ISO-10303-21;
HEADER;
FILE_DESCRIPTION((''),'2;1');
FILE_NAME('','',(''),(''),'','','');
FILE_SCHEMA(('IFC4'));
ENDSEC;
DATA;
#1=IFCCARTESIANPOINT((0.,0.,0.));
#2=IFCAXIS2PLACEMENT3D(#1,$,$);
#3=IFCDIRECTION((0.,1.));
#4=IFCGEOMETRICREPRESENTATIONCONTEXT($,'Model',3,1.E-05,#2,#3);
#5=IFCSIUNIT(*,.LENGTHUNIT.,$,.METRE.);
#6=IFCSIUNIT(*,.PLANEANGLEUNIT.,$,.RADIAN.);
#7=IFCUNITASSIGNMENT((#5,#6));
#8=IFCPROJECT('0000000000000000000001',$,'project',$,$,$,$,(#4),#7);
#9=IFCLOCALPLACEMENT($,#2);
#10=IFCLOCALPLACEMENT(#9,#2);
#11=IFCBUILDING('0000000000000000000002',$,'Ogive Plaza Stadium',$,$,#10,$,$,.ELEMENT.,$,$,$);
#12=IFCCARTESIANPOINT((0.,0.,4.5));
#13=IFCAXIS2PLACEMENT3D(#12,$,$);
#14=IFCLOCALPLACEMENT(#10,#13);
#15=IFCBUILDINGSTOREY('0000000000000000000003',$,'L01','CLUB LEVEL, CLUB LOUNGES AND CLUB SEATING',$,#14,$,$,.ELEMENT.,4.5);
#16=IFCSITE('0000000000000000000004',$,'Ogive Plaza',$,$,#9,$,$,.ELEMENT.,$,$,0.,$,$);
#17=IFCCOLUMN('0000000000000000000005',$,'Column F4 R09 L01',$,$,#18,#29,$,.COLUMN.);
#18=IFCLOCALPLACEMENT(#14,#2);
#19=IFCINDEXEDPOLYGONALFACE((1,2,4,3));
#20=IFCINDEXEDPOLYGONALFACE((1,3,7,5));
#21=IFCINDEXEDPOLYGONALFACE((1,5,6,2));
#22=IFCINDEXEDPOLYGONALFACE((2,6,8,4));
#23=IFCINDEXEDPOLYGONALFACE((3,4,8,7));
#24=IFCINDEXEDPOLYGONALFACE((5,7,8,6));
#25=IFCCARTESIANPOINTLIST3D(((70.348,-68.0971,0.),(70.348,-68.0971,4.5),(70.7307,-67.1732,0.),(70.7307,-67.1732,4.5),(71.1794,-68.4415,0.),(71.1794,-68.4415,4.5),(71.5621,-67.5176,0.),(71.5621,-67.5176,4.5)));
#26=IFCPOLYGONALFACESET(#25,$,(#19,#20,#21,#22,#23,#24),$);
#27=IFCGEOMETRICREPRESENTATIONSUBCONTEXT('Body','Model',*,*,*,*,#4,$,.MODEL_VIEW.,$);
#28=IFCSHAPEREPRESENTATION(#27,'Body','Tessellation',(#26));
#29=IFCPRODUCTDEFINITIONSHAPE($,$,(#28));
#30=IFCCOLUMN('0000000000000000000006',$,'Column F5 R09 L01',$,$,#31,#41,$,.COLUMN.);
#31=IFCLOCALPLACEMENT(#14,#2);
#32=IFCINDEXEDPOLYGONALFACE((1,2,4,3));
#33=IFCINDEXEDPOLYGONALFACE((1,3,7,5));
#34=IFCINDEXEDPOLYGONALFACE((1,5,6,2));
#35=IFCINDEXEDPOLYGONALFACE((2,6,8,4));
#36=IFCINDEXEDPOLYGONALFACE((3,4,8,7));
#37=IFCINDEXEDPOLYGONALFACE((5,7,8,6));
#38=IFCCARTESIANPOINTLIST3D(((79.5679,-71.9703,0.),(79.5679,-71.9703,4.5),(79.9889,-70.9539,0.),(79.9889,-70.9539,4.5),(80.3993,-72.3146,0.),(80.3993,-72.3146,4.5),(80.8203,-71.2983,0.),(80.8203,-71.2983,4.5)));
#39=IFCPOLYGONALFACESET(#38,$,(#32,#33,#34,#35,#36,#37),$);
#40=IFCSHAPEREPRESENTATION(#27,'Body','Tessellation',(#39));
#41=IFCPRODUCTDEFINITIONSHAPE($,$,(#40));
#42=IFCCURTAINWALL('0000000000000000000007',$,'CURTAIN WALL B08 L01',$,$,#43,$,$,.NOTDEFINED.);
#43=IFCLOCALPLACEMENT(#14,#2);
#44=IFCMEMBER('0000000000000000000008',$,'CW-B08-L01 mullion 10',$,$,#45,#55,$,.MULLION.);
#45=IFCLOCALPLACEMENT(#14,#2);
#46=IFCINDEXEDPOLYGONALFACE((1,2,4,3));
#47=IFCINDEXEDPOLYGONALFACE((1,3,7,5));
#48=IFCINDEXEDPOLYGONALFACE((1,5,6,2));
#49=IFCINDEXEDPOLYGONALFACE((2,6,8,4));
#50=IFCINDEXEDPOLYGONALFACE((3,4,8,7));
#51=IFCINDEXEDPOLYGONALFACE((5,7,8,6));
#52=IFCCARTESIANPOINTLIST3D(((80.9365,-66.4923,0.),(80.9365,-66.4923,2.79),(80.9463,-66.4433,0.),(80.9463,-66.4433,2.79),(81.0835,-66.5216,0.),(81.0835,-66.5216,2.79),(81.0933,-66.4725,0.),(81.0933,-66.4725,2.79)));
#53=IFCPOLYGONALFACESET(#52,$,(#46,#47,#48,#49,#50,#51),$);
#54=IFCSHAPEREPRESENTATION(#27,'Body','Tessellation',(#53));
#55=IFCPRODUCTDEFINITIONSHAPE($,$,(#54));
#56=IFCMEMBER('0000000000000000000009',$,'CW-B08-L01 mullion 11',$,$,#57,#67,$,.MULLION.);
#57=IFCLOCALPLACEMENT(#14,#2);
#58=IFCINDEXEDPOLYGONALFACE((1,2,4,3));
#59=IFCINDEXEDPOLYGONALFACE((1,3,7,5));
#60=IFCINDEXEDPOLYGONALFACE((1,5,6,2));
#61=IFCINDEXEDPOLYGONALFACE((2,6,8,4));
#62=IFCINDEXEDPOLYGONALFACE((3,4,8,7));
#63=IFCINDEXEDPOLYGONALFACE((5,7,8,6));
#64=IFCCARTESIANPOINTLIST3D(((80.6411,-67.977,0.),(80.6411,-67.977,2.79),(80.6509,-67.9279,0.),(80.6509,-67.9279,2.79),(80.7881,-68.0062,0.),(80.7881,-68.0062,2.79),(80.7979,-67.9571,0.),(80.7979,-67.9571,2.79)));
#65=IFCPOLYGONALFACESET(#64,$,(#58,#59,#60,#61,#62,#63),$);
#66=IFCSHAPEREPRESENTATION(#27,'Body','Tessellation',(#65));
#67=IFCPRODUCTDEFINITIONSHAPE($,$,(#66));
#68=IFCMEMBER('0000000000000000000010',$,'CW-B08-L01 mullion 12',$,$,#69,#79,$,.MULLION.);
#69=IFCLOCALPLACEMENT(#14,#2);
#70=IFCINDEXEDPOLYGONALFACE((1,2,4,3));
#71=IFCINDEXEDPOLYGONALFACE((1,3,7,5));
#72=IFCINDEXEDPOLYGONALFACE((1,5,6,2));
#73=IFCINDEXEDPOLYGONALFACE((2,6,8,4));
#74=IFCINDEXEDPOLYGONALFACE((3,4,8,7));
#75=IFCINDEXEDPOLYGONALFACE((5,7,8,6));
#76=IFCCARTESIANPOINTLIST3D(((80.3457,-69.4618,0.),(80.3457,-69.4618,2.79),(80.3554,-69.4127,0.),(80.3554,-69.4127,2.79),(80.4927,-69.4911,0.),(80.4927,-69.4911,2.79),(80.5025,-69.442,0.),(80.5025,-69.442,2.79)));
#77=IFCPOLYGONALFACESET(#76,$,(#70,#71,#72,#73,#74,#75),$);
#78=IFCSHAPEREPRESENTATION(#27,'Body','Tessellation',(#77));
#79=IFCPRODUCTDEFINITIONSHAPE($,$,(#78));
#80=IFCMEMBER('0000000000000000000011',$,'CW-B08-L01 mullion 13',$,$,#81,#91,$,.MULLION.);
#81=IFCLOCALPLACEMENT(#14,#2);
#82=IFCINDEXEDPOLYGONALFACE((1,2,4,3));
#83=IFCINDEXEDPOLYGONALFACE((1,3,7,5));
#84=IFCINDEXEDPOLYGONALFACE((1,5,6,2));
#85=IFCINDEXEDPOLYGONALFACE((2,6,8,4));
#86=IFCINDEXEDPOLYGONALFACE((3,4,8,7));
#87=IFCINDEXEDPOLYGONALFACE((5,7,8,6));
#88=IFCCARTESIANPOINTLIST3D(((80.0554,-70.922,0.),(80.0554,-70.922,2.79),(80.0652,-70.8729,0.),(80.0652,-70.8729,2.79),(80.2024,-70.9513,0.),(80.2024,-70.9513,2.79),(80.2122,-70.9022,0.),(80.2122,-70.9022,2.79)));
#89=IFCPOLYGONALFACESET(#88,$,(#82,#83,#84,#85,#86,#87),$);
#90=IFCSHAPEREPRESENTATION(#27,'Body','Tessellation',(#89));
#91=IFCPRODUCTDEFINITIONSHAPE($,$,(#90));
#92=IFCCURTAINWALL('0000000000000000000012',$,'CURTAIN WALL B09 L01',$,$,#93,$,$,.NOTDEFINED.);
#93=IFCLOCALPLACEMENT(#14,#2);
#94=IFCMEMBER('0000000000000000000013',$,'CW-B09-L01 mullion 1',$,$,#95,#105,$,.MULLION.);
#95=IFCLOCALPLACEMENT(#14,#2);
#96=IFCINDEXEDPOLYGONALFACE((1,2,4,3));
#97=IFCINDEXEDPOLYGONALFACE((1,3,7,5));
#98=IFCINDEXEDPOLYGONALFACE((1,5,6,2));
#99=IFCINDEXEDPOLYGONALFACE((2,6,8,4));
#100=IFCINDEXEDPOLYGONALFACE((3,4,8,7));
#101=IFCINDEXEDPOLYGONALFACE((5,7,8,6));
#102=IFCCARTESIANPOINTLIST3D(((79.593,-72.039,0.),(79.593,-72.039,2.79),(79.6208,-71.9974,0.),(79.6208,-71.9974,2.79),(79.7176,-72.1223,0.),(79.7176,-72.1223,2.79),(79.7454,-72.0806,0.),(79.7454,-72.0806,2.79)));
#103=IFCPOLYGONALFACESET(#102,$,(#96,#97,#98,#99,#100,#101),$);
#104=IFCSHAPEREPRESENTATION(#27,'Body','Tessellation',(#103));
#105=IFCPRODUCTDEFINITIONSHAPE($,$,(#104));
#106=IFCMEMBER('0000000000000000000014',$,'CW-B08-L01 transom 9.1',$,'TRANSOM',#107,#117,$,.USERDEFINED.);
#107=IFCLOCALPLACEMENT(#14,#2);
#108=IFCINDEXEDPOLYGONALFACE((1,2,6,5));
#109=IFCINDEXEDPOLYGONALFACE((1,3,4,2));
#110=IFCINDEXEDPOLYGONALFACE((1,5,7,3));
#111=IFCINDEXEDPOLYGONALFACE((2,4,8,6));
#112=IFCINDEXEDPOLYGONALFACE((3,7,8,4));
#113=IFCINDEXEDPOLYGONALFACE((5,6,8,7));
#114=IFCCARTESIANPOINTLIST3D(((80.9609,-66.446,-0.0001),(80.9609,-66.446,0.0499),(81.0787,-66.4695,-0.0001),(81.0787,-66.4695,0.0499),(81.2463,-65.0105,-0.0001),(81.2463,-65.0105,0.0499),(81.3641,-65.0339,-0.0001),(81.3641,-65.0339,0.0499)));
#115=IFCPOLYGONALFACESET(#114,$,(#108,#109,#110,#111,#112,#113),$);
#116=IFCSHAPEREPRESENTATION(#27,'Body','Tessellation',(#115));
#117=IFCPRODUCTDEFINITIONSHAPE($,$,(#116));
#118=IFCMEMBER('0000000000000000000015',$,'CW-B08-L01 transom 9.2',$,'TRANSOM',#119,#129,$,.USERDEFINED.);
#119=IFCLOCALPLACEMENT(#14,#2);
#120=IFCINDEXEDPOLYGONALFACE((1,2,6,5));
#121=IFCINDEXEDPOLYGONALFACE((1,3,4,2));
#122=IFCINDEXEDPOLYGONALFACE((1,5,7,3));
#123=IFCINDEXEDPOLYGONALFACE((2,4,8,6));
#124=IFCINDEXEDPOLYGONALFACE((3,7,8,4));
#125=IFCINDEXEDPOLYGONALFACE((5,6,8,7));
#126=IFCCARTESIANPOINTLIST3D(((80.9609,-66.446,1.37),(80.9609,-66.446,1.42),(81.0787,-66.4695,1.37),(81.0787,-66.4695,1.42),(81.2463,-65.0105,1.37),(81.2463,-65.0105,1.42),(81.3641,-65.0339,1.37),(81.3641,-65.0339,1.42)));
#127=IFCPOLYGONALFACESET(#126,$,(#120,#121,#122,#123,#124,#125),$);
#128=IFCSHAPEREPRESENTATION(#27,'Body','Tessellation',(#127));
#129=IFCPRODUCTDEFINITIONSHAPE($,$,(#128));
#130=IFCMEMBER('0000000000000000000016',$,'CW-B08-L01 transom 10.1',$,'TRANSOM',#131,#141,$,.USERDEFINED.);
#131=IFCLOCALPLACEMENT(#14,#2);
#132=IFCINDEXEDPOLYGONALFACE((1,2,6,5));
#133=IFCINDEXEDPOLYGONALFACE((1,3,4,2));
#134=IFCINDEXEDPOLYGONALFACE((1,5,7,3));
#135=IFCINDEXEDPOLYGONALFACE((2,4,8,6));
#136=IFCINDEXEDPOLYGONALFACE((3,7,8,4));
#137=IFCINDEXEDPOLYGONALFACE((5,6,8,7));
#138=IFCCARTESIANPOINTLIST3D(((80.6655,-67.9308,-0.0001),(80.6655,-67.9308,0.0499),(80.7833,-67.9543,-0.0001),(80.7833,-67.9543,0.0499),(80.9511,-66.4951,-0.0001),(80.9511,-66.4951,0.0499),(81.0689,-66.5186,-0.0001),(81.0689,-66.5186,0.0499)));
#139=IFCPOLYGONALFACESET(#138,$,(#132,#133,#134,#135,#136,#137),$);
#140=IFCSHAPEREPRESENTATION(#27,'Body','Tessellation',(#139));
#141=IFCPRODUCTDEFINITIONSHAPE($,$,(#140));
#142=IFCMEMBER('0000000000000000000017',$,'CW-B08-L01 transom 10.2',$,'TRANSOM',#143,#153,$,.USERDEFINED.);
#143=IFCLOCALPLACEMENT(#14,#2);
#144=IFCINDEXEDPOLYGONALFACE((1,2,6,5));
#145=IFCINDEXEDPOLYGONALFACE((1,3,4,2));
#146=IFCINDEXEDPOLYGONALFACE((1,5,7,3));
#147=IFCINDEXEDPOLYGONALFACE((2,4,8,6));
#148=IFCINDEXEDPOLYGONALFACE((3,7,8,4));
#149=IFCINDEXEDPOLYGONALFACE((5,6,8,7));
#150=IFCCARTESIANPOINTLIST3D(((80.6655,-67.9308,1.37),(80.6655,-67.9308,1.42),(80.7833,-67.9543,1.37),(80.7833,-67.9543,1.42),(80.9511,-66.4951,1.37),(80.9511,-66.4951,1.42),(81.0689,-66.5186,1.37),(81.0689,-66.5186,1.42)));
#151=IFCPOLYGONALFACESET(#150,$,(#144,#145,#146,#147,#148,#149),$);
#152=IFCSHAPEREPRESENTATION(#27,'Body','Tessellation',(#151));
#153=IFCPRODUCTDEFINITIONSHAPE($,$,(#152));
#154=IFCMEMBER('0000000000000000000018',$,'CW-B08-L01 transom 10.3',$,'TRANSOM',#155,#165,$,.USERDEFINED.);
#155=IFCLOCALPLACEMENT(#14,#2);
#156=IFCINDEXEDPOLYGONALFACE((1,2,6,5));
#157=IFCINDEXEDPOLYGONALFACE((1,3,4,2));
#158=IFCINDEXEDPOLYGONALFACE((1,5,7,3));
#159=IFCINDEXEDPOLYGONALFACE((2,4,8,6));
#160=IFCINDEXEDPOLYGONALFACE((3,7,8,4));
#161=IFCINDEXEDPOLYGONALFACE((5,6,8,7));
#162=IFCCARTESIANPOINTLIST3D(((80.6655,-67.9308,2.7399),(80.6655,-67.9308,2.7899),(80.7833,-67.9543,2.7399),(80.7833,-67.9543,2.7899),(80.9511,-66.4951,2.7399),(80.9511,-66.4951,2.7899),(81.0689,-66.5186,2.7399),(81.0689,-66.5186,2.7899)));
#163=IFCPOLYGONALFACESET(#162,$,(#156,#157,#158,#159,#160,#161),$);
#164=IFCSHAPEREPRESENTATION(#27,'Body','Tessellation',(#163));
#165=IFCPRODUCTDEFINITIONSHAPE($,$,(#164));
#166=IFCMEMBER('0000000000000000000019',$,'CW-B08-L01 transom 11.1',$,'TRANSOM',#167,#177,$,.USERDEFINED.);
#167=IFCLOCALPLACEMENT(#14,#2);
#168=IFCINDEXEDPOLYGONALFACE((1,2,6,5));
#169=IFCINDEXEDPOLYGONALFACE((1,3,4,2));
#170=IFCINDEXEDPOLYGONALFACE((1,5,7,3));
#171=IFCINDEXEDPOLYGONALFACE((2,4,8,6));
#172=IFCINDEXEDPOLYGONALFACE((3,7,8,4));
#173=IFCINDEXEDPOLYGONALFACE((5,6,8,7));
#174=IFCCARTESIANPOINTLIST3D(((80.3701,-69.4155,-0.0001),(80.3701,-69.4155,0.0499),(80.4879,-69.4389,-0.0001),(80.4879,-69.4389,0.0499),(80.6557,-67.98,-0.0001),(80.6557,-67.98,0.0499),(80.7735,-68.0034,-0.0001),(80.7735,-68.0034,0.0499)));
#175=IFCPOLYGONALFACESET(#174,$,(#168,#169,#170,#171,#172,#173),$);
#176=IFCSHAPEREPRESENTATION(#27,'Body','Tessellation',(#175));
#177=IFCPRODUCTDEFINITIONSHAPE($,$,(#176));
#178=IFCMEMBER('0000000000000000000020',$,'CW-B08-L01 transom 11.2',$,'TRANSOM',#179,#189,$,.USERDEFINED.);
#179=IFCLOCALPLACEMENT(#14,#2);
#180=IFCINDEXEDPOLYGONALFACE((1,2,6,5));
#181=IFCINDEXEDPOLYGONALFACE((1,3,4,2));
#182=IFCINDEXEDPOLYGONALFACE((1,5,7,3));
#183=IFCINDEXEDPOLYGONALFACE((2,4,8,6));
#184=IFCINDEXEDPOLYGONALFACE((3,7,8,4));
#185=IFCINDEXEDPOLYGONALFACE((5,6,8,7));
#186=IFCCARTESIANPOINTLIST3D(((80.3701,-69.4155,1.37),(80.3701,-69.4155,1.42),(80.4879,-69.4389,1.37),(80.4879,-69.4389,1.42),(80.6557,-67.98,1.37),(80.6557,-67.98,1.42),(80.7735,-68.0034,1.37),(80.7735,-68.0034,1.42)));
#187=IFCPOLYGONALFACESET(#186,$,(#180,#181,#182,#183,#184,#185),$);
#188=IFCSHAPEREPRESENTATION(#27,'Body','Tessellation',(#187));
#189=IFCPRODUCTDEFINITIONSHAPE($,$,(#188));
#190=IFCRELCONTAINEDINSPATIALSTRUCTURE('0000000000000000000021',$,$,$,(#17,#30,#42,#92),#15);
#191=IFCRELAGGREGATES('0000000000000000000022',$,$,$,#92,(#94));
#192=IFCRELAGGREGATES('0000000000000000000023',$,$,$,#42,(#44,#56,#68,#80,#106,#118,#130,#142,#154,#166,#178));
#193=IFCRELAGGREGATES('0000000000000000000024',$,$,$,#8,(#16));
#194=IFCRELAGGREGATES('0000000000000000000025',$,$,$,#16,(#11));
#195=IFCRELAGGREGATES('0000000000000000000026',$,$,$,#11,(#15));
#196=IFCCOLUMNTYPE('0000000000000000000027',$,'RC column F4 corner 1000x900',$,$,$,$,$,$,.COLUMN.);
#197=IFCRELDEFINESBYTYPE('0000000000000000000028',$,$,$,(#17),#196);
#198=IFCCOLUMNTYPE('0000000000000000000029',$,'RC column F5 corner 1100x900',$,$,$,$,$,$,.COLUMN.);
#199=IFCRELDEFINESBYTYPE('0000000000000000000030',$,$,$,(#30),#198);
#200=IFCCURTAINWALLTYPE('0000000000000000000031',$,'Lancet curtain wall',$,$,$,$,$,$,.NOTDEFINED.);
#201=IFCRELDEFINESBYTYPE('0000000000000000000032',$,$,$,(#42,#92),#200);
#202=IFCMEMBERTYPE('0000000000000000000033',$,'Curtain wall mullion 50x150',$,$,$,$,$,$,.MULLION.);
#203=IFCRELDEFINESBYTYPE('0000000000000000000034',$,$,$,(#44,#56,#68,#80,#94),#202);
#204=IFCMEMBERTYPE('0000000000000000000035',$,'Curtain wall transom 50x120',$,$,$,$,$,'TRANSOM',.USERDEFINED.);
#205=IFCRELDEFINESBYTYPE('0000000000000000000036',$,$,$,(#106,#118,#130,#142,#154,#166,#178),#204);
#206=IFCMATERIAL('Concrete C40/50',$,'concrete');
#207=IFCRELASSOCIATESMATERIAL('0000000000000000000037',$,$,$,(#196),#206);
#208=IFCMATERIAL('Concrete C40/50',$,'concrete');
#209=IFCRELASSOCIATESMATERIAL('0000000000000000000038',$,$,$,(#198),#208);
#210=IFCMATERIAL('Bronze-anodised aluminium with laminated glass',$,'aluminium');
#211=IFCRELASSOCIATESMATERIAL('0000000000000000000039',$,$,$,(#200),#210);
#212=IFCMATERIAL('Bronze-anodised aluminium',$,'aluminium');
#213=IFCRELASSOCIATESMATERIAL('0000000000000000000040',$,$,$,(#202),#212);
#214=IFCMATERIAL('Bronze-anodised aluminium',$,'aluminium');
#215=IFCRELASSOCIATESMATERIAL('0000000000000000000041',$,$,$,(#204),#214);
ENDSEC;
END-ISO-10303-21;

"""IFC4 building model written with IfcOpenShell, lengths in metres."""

from ifc_helpers import new_model, si_unit, direction, frame, origin, origin_2d, place, context, subcontext, project, spatial, rectangle, extrude, material, material_profile, profile_set, type_object, element, aggregate, save


model = new_model("IFC4")

# Units and contexts
model_context = context("Model", 3, precision=1e-05, world=origin(), true_north=direction((0.0, 1.0)))
body_context = subcontext(model_context, "Body", "Model", "MODEL_VIEW")
ifc_project = project(units=[si_unit("LENGTHUNIT", "METRE"), si_unit("PLANEANGLEUNIT", "RADIAN")], contexts=[model_context])

# Site, building, storey
site_placement = place(None, origin())
site = spatial("IfcSite", under=ifc_project, at=site_placement, Name="Ogive Plaza", CompositionType="ELEMENT", RefElevation=0.0)
building_placement = place(site_placement, origin())
building = spatial("IfcBuilding", under=site, at=building_placement, Name="Ogive Plaza Stadium", CompositionType="ELEMENT")
storey_placement = place(building_placement, frame((0.0, 0.0, 4.5)))
storey = spatial("IfcBuildingStorey", under=building, at=storey_placement, Name="L01", Description="CLUB LEVEL, CLUB LOUNGES AND CLUB SEATING", CompositionType="ELEMENT", Elevation=4.5)

# Columns
ifc_material_1 = material(Name="Concrete C40/50", Category="concrete")
ifc_material_profile_1 = material_profile(ifc_material_1, rectangle(XDim=1.0, YDim=0.8999, at=origin_2d()), Name="RC 1000x900")
ifc_profile_set_1 = profile_set([ifc_material_profile_1], Name="Concrete C40/50")
column_type_1 = type_object("IfcColumnType", Name="RC column F4 corner 1000x900", PredefinedType="COLUMN", material=ifc_profile_set_1)
column_1_placement = place(storey_placement, frame((70.9551, -67.8074, 0.0), z_axis=(0.0, 0.0, 1.0), x_axis=(0.382683, 0.92388, 0.0)))
element("IfcColumn", 1, at=column_1_placement, inside=storey, type_object=column_type_1, Name="Column F4 R09 L01", PredefinedType="COLUMN", context=body_context, shape_type="SweptSolid", body=[
    extrude(rectangle(XDim=1.0, YDim=0.8999, at=origin_2d()), origin(), (0.0, 0.0, 1.0), 4.5),
])
ifc_material_2 = material(Name="Concrete C40/50", Category="concrete")
ifc_material_profile_2 = material_profile(ifc_material_2, rectangle(XDim=1.1001, YDim=0.8999, at=origin_2d()), Name="RC 1100x900")
ifc_profile_set_2 = profile_set([ifc_material_profile_2], Name="Concrete C40/50")
column_type_2 = type_object("IfcColumnType", Name="RC column F5 corner 1100x900", PredefinedType="COLUMN", material=ifc_profile_set_2)
column_2_placement = place(storey_placement, frame((80.1941, -71.6343, 0.0), z_axis=(0.0, 0.0, 1.0), x_axis=(0.382683, 0.92388, 0.0)))
element("IfcColumn", 2, at=column_2_placement, inside=storey, type_object=column_type_2, Name="Column F5 R09 L01", PredefinedType="COLUMN", context=body_context, shape_type="SweptSolid", body=[
    extrude(rectangle(XDim=1.1001, YDim=0.8999, at=origin_2d()), origin(), (0.0, 0.0, 1.0), 4.5),
])

# Curtain wall, members
ifc_material_3 = material(Name="Bronze-anodised aluminium with laminated glass", Category="aluminium")
curtain_wall_type = type_object("IfcCurtainWallType", Name="Lancet curtain wall", PredefinedType="NOTDEFINED", material=ifc_material_3)
curtain_wall_1_placement = place(storey_placement, origin())
curtain_wall_1 = element("IfcCurtainWall", 3, at=curtain_wall_1_placement, inside=storey, type_object=curtain_wall_type, Name="CURTAIN WALL B08 L01", PredefinedType="NOTDEFINED")
ifc_material_4 = material(Name="Bronze-anodised aluminium", Category="aluminium")
ifc_material_profile_3 = material_profile(ifc_material_4, rectangle(XDim=0.1499, YDim=0.05, at=origin_2d()), Name="AL 150x50")
ifc_profile_set_3 = profile_set([ifc_material_profile_3], Name="Bronze-anodised aluminium")
member_type_1 = type_object("IfcMemberType", Name="Curtain wall mullion 50x150", PredefinedType="MULLION", material=ifc_profile_set_3)
member_1_placement = place(storey_placement, frame((81.0149, -66.4824, 0.0), z_axis=(0.0, 0.0, 1.0), x_axis=(0.980785, -0.19509, 0.0)))
member_1 = element("IfcMember", 4, at=member_1_placement, type_object=member_type_1, Name="CW-B08-L01 mullion 10", PredefinedType="MULLION", context=body_context, shape_type="SweptSolid", body=[
    extrude(rectangle(XDim=0.1499, YDim=0.05, at=origin_2d()), origin(), (0.0, 0.0, 1.0), 2.79),
])
member_2_placement = place(storey_placement, frame((80.7195, -67.967, 0.0), z_axis=(0.0, 0.0, 1.0), x_axis=(0.980785, -0.19509, 0.0)))
member_2 = element("IfcMember", 5, at=member_2_placement, type_object=member_type_1, Name="CW-B08-L01 mullion 11", PredefinedType="MULLION", context=body_context, shape_type="SweptSolid", body=[
    extrude(rectangle(XDim=0.1499, YDim=0.05, at=origin_2d()), origin(), (0.0, 0.0, 1.0), 2.79),
])
member_3_placement = place(storey_placement, frame((80.4241, -69.4519, 0.0), z_axis=(0.0, 0.0, 1.0), x_axis=(0.980785, -0.19509, 0.0)))
member_3 = element("IfcMember", 6, at=member_3_placement, type_object=member_type_1, Name="CW-B08-L01 mullion 12", PredefinedType="MULLION", context=body_context, shape_type="SweptSolid", body=[
    extrude(rectangle(XDim=0.1499, YDim=0.05, at=origin_2d()), origin(), (0.0, 0.0, 1.0), 2.79),
])
member_4_placement = place(storey_placement, frame((80.1338, -70.9121, 0.0), z_axis=(0.0, 0.0, 1.0), x_axis=(0.980785, -0.19509, 0.0)))
member_4 = element("IfcMember", 7, at=member_4_placement, type_object=member_type_1, Name="CW-B08-L01 mullion 13", PredefinedType="MULLION", context=body_context, shape_type="SweptSolid", body=[
    extrude(rectangle(XDim=0.1499, YDim=0.05, at=origin_2d()), origin(), (0.0, 0.0, 1.0), 2.79),
])

# Curtain wall, member
curtain_wall_2_placement = place(storey_placement, origin())
curtain_wall_2 = element("IfcCurtainWall", 8, at=curtain_wall_2_placement, inside=storey, type_object=curtain_wall_type, Name="CURTAIN WALL B09 L01", PredefinedType="NOTDEFINED")
member_5_placement = place(storey_placement, frame((79.6692, -72.0598, 0.0), z_axis=(0.0, 0.0, 1.0), x_axis=(0.83147, -0.55557, 0.0)))
member_5 = element("IfcMember", 9, at=member_5_placement, type_object=member_type_1, Name="CW-B09-L01 mullion 1", PredefinedType="MULLION", context=body_context, shape_type="SweptSolid", body=[
    extrude(rectangle(XDim=0.1499, YDim=0.05, at=origin_2d()), origin(), (0.0, 0.0, 1.0), 2.79),
])

# Members
ifc_material_5 = material(Name="Bronze-anodised aluminium", Category="aluminium")
ifc_material_profile_4 = material_profile(ifc_material_5, rectangle(XDim=0.1201, YDim=0.05, at=origin_2d()), Name="AL 120x50")
ifc_profile_set_4 = profile_set([ifc_material_profile_4], Name="Bronze-anodised aluminium")
member_type_2 = type_object("IfcMemberType", Name="Curtain wall transom 50x120", ElementType="TRANSOM", PredefinedType="USERDEFINED", material=ifc_profile_set_4)
member_6_placement = place(storey_placement, frame((81.3052, -65.0222, 0.0249), z_axis=(-0.194993, -0.980805, 0.0), x_axis=(0.980805, -0.194993, 0.0)))
member_6 = element("IfcMember", 10, at=member_6_placement, type_object=member_type_2, Name="CW-B08-L01 transom 9.1", ObjectType="TRANSOM", PredefinedType="USERDEFINED", context=body_context, shape_type="SweptSolid", body=[
    extrude(rectangle(XDim=0.1201, YDim=0.05, at=origin_2d()), origin(), (0.0, 0.0, 1.0), 1.4636),
])
member_7_placement = place(storey_placement, frame((81.3052, -65.0222, 1.395), z_axis=(-0.194993, -0.980805, 0.0), x_axis=(0.980805, -0.194993, 0.0)))
member_7 = element("IfcMember", 11, at=member_7_placement, type_object=member_type_2, Name="CW-B08-L01 transom 9.2", ObjectType="TRANSOM", PredefinedType="USERDEFINED", context=body_context, shape_type="SweptSolid", body=[
    extrude(rectangle(XDim=0.1201, YDim=0.05, at=origin_2d()), origin(), (0.0, 0.0, 1.0), 1.4636),
])
member_8_placement = place(storey_placement, frame((81.01, -66.5068, 0.0249), z_axis=(-0.195122, -0.980779, 0.0), x_axis=(0.980779, -0.195122, 0.0)))
member_8 = element("IfcMember", 12, at=member_8_placement, type_object=member_type_2, Name="CW-B08-L01 transom 10.1", ObjectType="TRANSOM", PredefinedType="USERDEFINED", context=body_context, shape_type="SweptSolid", body=[
    extrude(rectangle(XDim=0.1201, YDim=0.05, at=origin_2d()), origin(), (0.0, 0.0, 1.0), 1.4639),
])
member_9_placement = place(storey_placement, frame((81.01, -66.5068, 1.395), z_axis=(-0.195122, -0.980779, 0.0), x_axis=(0.980779, -0.195122, 0.0)))
member_9 = element("IfcMember", 13, at=member_9_placement, type_object=member_type_2, Name="CW-B08-L01 transom 10.2", ObjectType="TRANSOM", PredefinedType="USERDEFINED", context=body_context, shape_type="SweptSolid", body=[
    extrude(rectangle(XDim=0.1201, YDim=0.05, at=origin_2d()), origin(), (0.0, 0.0, 1.0), 1.4639),
])
member_10_placement = place(storey_placement, frame((81.01, -66.5068, 2.7649), z_axis=(-0.195122, -0.980779, 0.0), x_axis=(0.980779, -0.195122, 0.0)))
member_10 = element("IfcMember", 14, at=member_10_placement, type_object=member_type_2, Name="CW-B08-L01 transom 10.3", ObjectType="TRANSOM", PredefinedType="USERDEFINED", context=body_context, shape_type="SweptSolid", body=[
    extrude(rectangle(XDim=0.1201, YDim=0.05, at=origin_2d()), origin(), (0.0, 0.0, 1.0), 1.4639),
])
member_11_placement = place(storey_placement, frame((80.7146, -67.9917, 0.0249), z_axis=(-0.195154, -0.980773, 0.0), x_axis=(0.980773, -0.195154, 0.0)))
member_11 = element("IfcMember", 15, at=member_11_placement, type_object=member_type_2, Name="CW-B08-L01 transom 11.1", ObjectType="TRANSOM", PredefinedType="USERDEFINED", context=body_context, shape_type="SweptSolid", body=[
    extrude(rectangle(XDim=0.1201, YDim=0.05, at=origin_2d()), origin(), (0.0, 0.0, 1.0), 1.4636),
])
member_12_placement = place(storey_placement, frame((80.7146, -67.9917, 1.395), z_axis=(-0.195154, -0.980773, 0.0), x_axis=(0.980773, -0.195154, 0.0)))
member_12 = element("IfcMember", 16, at=member_12_placement, type_object=member_type_2, Name="CW-B08-L01 transom 11.2", ObjectType="TRANSOM", PredefinedType="USERDEFINED", context=body_context, shape_type="SweptSolid", body=[
    extrude(rectangle(XDim=0.1201, YDim=0.05, at=origin_2d()), origin(), (0.0, 0.0, 1.0), 1.4636),
])
aggregate(curtain_wall_2, [member_5])

aggregate(curtain_wall_1, [member_1, member_2, member_3, member_4, member_6, member_7, member_8, member_9, member_10, member_11, member_12])

save(model, "model.ifc")
